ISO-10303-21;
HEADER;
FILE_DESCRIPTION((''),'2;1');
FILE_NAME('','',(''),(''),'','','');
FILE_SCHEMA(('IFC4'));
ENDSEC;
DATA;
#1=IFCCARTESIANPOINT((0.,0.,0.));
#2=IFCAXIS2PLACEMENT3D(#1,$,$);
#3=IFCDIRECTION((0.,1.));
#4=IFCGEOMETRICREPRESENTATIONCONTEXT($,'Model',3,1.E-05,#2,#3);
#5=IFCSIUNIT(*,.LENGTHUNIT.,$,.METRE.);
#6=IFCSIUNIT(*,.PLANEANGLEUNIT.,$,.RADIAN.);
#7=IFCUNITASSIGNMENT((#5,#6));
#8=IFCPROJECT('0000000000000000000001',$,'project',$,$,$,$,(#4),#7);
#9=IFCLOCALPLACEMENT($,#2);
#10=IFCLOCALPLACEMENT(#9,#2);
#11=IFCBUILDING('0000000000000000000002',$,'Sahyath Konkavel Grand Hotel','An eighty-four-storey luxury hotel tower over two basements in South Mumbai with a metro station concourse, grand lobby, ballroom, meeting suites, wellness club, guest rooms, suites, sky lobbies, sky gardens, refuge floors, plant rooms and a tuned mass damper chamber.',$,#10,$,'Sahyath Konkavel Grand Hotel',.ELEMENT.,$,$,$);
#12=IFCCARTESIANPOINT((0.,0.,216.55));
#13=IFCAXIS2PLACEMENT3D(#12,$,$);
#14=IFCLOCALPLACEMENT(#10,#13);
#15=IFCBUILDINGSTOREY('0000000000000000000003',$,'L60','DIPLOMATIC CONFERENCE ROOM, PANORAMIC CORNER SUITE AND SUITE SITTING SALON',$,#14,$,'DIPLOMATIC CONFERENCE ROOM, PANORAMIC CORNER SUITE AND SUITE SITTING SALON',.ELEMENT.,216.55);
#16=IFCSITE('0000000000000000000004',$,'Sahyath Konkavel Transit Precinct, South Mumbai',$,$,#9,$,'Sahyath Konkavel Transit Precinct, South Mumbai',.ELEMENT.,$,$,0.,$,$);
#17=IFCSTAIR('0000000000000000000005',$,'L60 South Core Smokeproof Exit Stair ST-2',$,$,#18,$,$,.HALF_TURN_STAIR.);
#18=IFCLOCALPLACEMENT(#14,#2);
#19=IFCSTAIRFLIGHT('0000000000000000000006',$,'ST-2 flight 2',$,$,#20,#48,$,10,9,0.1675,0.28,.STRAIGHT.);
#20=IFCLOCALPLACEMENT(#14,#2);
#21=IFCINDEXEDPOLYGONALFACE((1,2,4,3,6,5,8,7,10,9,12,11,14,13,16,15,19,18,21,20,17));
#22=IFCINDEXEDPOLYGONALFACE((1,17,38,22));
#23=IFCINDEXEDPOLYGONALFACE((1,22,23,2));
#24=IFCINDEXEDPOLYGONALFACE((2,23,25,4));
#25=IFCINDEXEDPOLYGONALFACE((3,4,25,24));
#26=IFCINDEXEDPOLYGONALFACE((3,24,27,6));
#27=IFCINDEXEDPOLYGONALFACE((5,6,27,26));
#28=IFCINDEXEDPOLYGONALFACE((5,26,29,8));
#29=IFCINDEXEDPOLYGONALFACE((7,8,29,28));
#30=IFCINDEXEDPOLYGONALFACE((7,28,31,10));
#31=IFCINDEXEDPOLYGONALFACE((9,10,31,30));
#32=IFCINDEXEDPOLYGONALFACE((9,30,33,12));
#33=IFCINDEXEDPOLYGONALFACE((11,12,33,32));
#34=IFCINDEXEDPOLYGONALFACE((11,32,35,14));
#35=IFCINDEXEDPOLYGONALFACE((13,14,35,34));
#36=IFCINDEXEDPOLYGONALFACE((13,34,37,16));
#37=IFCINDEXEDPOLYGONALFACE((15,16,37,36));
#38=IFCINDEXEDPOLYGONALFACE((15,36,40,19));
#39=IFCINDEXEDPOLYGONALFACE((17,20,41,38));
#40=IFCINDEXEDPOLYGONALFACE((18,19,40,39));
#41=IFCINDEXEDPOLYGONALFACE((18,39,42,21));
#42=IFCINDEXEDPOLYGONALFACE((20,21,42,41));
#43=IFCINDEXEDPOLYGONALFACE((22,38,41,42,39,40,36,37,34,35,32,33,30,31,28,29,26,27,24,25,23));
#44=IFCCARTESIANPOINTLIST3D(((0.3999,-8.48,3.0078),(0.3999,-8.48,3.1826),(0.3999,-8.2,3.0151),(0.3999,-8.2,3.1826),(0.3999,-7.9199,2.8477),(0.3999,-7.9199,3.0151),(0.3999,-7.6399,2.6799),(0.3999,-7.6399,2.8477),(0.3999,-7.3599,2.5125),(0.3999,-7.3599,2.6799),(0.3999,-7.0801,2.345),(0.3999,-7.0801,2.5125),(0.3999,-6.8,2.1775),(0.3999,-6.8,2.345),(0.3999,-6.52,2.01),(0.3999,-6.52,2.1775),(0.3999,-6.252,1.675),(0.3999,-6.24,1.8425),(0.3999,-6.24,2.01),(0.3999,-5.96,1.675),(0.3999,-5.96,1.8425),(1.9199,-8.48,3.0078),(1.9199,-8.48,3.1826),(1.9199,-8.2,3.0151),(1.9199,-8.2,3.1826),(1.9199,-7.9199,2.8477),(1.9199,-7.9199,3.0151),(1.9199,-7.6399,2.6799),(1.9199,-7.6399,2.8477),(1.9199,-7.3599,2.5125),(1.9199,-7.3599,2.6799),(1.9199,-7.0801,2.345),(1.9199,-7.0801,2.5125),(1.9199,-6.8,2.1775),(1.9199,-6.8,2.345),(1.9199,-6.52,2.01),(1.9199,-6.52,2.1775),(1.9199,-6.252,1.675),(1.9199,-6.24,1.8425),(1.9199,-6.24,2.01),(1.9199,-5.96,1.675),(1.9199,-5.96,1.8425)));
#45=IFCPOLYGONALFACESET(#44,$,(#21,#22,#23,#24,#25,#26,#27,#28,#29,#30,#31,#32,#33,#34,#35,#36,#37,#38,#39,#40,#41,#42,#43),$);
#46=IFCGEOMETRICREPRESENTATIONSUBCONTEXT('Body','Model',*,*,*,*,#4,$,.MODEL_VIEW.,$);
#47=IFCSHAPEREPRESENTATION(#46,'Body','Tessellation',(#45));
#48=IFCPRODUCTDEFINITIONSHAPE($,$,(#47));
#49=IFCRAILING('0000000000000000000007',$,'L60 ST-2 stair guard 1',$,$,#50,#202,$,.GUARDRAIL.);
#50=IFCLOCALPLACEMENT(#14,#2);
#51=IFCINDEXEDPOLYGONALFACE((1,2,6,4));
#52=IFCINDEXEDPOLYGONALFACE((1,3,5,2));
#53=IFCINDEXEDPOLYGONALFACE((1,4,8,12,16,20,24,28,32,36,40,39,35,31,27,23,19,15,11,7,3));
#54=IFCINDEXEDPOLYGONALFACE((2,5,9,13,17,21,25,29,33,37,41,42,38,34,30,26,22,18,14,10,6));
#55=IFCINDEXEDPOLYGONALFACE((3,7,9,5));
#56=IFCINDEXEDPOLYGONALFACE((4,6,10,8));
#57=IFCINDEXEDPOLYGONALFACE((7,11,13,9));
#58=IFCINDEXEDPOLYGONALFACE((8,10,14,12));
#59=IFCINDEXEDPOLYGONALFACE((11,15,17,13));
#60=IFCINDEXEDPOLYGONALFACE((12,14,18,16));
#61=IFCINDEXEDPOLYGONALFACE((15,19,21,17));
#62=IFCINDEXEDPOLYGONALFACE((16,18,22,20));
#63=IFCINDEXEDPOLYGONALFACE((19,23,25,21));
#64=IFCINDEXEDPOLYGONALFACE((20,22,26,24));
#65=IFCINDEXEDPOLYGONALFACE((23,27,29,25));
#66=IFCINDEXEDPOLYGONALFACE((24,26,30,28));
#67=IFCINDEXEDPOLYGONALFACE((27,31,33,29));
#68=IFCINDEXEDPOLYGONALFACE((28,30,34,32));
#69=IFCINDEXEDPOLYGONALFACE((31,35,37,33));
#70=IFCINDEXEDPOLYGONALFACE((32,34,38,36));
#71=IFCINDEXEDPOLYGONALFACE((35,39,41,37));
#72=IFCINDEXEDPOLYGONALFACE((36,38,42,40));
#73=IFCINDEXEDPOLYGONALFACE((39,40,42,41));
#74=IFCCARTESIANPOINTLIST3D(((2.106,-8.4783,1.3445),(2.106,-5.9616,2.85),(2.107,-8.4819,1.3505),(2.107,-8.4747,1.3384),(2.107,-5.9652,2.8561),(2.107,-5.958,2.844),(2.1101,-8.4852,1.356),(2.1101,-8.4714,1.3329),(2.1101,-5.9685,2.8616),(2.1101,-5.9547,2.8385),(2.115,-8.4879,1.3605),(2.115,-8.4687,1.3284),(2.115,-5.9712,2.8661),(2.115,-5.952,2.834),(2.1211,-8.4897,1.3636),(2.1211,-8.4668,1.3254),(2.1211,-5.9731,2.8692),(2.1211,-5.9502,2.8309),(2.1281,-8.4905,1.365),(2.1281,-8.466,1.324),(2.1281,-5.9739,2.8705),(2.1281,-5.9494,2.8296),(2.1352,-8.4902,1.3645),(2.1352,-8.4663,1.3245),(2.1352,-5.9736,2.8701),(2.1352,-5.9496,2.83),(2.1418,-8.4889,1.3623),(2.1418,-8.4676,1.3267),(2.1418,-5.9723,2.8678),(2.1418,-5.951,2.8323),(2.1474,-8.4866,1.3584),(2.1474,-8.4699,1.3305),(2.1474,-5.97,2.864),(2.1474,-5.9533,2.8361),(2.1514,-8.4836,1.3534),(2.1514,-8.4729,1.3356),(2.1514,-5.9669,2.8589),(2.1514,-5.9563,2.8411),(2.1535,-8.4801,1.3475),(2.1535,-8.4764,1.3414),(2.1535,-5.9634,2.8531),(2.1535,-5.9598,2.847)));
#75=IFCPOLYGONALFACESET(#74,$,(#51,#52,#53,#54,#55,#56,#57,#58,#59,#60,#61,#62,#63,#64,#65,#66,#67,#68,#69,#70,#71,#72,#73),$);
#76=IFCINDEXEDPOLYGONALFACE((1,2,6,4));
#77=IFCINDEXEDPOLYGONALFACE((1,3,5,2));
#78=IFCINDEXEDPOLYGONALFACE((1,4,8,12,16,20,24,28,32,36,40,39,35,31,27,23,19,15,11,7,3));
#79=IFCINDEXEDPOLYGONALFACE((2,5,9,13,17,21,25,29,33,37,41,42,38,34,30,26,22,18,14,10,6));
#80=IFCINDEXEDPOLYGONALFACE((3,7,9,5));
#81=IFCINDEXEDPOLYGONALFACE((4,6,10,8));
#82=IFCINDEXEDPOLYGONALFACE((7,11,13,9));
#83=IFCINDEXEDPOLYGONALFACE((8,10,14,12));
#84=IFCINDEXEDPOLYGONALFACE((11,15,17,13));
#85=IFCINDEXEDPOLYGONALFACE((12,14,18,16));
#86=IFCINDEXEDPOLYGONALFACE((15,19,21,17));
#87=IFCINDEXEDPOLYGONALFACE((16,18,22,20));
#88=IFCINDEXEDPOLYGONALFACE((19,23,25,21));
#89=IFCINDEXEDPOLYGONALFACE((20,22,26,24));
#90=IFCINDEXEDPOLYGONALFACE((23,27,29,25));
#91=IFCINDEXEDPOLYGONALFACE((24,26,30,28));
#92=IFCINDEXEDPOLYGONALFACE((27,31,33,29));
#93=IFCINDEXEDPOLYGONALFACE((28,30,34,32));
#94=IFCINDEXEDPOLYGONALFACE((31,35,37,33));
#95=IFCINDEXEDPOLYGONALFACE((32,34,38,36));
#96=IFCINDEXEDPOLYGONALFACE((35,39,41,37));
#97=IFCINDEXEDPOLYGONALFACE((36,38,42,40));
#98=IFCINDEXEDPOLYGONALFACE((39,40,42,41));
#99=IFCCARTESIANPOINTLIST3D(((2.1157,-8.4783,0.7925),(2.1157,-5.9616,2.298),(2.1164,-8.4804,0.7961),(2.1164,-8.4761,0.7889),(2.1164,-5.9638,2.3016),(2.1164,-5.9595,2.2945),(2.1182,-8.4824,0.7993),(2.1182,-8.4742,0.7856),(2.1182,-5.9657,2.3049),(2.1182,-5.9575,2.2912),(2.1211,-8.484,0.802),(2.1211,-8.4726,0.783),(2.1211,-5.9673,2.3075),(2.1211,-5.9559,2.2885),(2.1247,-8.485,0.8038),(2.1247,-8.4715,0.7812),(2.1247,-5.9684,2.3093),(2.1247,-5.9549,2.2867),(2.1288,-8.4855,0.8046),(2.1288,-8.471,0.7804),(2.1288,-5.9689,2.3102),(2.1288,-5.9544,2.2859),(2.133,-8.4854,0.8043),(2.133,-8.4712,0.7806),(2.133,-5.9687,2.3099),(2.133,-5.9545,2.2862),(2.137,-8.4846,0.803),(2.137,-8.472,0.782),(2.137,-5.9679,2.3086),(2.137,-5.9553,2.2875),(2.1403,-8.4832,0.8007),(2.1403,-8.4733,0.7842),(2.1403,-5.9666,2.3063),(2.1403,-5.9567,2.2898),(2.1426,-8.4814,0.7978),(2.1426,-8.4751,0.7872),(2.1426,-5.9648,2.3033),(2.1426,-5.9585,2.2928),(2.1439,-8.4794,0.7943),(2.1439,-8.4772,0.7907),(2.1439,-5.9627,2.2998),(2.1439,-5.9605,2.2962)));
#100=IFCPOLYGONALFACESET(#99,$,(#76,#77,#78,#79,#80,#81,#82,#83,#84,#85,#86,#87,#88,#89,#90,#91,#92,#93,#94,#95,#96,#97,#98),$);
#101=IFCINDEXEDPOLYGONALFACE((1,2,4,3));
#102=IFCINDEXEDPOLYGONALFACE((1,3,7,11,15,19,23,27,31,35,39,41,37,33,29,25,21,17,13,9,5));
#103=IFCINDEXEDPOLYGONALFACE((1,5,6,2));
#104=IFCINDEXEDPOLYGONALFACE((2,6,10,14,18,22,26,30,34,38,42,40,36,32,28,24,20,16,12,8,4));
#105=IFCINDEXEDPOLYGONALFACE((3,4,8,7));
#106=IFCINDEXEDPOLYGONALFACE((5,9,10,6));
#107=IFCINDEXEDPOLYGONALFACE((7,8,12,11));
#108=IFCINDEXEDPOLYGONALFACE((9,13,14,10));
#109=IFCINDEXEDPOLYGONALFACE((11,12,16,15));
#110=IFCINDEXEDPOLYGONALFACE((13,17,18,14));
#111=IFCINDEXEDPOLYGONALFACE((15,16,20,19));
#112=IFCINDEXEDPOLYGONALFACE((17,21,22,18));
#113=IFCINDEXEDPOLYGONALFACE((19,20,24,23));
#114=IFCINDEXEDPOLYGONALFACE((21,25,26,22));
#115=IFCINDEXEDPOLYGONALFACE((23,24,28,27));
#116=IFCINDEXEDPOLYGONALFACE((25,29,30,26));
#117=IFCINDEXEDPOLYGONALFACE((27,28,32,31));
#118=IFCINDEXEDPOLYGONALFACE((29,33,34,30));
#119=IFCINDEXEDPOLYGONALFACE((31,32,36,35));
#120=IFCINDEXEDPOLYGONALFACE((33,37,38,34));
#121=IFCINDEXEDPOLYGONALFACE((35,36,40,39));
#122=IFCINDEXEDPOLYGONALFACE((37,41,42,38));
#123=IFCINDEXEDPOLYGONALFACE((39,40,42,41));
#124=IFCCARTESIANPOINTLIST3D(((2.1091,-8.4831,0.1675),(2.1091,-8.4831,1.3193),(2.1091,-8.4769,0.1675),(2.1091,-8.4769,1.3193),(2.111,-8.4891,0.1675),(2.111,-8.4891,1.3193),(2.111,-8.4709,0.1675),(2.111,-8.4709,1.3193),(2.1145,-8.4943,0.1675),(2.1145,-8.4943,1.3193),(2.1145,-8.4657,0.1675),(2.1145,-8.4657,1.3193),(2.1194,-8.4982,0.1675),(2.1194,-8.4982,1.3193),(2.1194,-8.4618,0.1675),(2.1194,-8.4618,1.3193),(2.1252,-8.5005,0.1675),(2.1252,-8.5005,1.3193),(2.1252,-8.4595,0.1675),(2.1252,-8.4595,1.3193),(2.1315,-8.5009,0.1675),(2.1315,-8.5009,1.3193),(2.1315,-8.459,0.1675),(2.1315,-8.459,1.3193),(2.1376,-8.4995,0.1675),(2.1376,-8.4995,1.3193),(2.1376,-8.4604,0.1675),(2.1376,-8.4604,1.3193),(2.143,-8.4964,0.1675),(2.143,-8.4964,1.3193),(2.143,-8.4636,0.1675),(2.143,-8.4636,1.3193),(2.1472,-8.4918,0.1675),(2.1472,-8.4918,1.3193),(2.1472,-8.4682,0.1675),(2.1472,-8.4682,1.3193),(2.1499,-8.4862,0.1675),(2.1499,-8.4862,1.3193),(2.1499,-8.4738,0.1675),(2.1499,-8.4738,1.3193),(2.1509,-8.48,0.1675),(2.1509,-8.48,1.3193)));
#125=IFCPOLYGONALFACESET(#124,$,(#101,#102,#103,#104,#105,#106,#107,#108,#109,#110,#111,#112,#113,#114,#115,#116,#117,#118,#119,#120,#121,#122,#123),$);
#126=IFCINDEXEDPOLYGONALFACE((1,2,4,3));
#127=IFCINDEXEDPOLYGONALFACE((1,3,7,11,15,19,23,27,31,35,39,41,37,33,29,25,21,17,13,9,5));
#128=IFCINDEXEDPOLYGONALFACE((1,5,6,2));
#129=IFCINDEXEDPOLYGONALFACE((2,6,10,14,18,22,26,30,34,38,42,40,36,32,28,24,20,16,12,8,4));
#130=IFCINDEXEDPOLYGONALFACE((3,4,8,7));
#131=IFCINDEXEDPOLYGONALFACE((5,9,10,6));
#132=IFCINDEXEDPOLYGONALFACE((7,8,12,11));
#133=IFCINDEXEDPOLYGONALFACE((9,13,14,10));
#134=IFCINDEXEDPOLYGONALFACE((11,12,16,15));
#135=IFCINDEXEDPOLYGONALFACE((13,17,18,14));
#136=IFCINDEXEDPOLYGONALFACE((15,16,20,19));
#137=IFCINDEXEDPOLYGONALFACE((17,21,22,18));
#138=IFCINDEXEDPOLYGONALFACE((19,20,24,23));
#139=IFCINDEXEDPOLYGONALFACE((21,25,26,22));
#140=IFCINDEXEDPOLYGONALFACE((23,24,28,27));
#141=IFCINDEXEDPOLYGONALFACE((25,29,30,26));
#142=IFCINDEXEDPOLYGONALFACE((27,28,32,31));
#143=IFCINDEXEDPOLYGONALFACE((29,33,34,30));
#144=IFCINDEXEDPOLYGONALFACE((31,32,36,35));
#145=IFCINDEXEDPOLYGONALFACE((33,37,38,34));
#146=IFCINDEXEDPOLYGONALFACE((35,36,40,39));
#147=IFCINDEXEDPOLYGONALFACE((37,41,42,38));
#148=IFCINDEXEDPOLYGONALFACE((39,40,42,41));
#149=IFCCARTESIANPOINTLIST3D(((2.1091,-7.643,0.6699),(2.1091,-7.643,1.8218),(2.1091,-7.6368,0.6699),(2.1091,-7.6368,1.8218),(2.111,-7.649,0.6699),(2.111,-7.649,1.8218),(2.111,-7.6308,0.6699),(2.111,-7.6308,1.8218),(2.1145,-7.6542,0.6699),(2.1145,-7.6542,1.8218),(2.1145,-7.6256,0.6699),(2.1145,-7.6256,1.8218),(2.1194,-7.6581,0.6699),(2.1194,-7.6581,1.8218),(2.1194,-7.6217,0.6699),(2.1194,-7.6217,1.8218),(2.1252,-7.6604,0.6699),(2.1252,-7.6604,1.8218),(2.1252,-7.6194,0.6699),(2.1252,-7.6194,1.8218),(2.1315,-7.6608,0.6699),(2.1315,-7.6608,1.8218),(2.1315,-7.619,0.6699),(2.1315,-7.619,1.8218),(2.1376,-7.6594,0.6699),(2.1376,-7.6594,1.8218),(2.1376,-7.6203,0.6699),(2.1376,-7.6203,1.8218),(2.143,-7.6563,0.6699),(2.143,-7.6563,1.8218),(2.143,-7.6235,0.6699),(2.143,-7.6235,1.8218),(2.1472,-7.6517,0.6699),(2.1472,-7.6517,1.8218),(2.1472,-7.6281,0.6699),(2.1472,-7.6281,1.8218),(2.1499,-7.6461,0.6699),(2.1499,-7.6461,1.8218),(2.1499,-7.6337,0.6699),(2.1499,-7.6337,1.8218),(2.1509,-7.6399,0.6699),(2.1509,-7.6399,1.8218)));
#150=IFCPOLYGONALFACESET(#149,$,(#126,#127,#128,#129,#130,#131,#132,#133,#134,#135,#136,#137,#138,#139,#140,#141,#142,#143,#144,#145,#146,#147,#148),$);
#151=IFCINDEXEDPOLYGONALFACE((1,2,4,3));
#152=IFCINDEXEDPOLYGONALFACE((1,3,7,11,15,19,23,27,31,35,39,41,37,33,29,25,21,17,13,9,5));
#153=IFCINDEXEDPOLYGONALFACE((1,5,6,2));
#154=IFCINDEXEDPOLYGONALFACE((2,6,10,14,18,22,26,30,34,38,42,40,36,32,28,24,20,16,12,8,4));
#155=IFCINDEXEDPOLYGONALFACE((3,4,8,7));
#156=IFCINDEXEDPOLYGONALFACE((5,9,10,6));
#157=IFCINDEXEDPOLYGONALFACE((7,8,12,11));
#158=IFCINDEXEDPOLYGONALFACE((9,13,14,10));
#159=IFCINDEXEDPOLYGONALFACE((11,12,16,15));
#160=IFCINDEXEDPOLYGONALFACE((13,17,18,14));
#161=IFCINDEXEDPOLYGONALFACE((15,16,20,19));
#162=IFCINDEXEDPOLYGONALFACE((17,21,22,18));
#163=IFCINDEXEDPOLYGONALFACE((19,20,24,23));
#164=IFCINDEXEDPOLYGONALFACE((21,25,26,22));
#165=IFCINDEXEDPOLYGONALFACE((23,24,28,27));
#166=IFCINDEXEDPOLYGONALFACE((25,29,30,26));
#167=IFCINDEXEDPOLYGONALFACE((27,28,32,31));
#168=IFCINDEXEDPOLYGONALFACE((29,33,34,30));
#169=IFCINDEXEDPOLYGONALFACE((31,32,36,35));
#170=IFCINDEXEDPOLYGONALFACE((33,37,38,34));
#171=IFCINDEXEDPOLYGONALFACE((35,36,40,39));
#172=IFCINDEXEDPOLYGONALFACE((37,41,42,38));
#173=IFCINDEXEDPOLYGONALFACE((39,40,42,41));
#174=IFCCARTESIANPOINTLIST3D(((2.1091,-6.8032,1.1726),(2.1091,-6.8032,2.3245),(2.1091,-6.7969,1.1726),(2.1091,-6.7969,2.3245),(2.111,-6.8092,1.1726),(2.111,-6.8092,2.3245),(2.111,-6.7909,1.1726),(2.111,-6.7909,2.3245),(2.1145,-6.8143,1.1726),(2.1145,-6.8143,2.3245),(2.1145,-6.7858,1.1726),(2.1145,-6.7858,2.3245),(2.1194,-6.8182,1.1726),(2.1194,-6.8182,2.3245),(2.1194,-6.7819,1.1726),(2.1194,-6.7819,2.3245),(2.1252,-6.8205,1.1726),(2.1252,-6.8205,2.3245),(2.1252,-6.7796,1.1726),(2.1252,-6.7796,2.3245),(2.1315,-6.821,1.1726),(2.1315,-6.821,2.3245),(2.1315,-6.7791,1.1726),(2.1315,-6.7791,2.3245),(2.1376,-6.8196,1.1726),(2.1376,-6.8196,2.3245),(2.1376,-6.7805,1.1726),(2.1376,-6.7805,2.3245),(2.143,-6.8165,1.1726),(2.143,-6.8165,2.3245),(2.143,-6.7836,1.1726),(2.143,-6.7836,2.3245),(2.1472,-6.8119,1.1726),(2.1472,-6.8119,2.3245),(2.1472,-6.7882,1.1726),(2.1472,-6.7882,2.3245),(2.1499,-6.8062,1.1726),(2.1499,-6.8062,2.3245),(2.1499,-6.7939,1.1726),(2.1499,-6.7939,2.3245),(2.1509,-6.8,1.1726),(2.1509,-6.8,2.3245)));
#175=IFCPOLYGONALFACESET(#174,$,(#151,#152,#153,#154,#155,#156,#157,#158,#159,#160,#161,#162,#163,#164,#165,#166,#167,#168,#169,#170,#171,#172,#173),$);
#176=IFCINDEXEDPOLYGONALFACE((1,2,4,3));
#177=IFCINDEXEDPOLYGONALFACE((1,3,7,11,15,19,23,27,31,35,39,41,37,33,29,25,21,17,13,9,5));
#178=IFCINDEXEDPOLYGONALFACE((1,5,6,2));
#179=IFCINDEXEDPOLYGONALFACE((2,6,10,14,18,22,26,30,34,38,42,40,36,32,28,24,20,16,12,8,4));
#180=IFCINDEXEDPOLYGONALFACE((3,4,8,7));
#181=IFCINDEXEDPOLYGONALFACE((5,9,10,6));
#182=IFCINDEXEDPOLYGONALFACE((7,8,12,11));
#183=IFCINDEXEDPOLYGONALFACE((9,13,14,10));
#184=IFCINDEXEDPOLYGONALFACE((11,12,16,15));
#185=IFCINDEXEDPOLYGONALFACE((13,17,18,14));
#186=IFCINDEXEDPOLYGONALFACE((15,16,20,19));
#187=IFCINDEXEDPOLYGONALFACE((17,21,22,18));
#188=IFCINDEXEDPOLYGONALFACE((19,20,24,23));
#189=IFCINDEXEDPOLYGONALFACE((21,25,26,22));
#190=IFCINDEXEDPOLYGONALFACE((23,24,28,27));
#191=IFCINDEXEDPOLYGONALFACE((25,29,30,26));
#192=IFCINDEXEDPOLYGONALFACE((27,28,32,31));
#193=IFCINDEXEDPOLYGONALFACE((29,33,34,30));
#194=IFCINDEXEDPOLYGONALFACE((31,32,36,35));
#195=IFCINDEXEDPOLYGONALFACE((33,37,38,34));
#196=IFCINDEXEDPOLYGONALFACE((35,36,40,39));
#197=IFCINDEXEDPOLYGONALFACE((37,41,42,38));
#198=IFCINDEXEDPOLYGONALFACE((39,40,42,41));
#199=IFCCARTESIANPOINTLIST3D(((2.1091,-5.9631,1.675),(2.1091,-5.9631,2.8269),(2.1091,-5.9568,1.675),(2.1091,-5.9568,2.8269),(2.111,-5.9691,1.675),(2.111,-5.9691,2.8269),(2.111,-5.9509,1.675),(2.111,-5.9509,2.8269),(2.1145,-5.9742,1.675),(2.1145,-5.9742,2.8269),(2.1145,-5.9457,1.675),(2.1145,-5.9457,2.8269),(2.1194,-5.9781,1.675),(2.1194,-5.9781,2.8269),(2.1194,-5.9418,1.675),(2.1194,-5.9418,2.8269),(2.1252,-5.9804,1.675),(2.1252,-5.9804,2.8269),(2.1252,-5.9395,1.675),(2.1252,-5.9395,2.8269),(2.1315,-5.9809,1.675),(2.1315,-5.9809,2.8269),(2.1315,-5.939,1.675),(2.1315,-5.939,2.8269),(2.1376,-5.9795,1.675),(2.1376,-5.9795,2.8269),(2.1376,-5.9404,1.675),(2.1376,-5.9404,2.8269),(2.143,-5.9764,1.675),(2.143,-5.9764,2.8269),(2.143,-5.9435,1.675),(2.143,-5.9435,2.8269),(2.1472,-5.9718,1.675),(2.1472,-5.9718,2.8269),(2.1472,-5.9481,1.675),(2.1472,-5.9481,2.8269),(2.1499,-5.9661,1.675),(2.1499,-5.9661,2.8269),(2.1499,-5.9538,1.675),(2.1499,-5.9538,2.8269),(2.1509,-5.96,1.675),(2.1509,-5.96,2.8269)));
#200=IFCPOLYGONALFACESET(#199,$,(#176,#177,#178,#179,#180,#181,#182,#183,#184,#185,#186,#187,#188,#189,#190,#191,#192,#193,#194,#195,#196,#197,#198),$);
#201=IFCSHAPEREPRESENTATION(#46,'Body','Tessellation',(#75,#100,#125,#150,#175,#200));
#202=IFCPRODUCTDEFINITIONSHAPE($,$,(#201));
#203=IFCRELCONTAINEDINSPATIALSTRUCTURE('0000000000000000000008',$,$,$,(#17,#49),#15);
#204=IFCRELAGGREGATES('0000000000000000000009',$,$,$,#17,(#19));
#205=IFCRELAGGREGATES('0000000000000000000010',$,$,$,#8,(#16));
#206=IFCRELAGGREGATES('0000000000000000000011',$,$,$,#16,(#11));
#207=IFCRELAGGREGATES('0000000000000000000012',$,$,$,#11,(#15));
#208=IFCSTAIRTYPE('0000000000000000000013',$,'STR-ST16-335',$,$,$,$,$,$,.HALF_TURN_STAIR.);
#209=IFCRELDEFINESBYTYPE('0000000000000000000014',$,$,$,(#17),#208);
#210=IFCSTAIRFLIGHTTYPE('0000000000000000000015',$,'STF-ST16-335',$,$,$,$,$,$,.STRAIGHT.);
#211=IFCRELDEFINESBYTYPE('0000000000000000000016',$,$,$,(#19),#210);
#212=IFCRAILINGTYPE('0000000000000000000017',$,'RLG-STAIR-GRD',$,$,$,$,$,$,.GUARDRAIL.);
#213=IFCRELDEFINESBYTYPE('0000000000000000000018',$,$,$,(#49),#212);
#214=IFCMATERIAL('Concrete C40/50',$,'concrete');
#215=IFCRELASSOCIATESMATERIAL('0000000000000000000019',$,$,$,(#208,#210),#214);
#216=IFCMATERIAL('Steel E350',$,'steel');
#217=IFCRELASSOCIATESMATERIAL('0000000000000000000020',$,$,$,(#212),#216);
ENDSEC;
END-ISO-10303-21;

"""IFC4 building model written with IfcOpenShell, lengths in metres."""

from ifc_helpers import new_model, si_unit, direction, frame, origin, origin_2d, place, context, subcontext, project, spatial, polyline, circle, outline, extrude, material, type_object, element, aggregate, save


model = new_model("IFC4")

# Units and contexts
model_context = context("Model", 3, precision=1e-05, world=origin(), true_north=direction((0.0, 1.0)))
body_context = subcontext(model_context, "Body", "Model", "MODEL_VIEW")
ifc_project = project(units=[si_unit("LENGTHUNIT", "METRE"), si_unit("PLANEANGLEUNIT", "RADIAN")], contexts=[model_context])

# Site, building, storey
site_placement = place(None, origin())
site = spatial("IfcSite", under=ifc_project, at=site_placement, Name="Sahyath Konkavel Transit Precinct, South Mumbai", LongName="Sahyath Konkavel Transit Precinct, South Mumbai", CompositionType="ELEMENT", RefElevation=0.0)
building_placement = place(site_placement, origin())
building = spatial("IfcBuilding", under=site, at=building_placement, Name="Sahyath Konkavel Grand Hotel", Description="An eighty-four-storey luxury hotel tower over two basements in South Mumbai with a metro station concourse, grand lobby, ballroom, meeting suites, wellness club, guest rooms, suites, sky lobbies, sky gardens, refuge floors, plant rooms and a tuned mass damper chamber.", LongName="Sahyath Konkavel Grand Hotel", CompositionType="ELEMENT")
storey_placement = place(building_placement, frame((0.0, 0.0, 216.55)))
storey = spatial("IfcBuildingStorey", under=building, at=storey_placement, Name="L60", Description="DIPLOMATIC CONFERENCE ROOM, PANORAMIC CORNER SUITE AND SUITE SITTING SALON", LongName="DIPLOMATIC CONFERENCE ROOM, PANORAMIC CORNER SUITE AND SUITE SITTING SALON", CompositionType="ELEMENT", Elevation=216.55)

# Shared definitions
ifc_material_1 = material(Name="Concrete C40/50", Category="concrete")

# Shared definitions
ifc_material_2 = material(Name="Steel E350", Category="steel")

# Stair, stair flight
stair_type = type_object("IfcStairType", Name="STR-ST16-335", PredefinedType="HALF_TURN_STAIR", material=ifc_material_1)
stair_placement = place(storey_placement, origin())
stair = element("IfcStair", 1, at=stair_placement, inside=storey, type_object=stair_type, Name="L60 South Core Smokeproof Exit Stair ST-2", PredefinedType="HALF_TURN_STAIR")
stair_flight_type = type_object("IfcStairFlightType", Name="STF-ST16-335", PredefinedType="STRAIGHT", material=ifc_material_1)
stair_flight_1_placement = place(storey_placement, frame((1.1599, -5.96, 1.675), z_axis=(0.0, 0.0, 1.0), x_axis=(0.0, -1.0, 0.0)))
stair_flight_1 = element("IfcStairFlight", 2, at=stair_flight_1_placement, type_object=stair_flight_type, Name="ST-2 flight 2", NumberOfRisers=10, NumberOfTreads=9, PredefinedType="STRAIGHT", RiserHeight=0.1675, TreadLength=0.28, context=body_context, shape_type="SweptSolid", body=[
    extrude(outline(polyline([(0.0, 0.0), (0.0, 0.1675), (0.28, 0.1675), (0.28, 0.335), (0.5601, 0.335), (0.5601, 0.5024), (0.8401, 0.5024), (0.8401, 0.6699), (1.1201, 0.6699), (1.1201, 0.8374), (1.3999, 0.8374), (1.3999, 1.0049), (1.6799, 1.0049), (1.6799, 1.1726), (1.96, 1.1726), (1.96, 1.3401), (2.24, 1.3401), (2.24, 1.5076), (2.52, 1.5076), (2.52, 1.675), (2.52, 1.3328), (0.292, 0.0), (0.0, 0.0)])), frame((0.0, 0.76, 0.0), z_axis=(0.0, -1.0, 0.0), x_axis=(1.0, 0.0, 0.0)), (0.0, 0.0, 1.0), 1.52),
])
aggregate(stair, [stair_flight_1])

# Railing
railing_type_1 = type_object("IfcRailingType", Name="RLG-STAIR-GRD", PredefinedType="GUARDRAIL", material=ifc_material_2)
railing_1_placement = place(storey_placement, frame((2.1299, -8.48, 0.1675)))
element("IfcRailing", 3, at=railing_1_placement, inside=storey, type_object=railing_type_1, Name="L60 ST-2 stair guard 1", PredefinedType="GUARDRAIL", context=body_context, shape_type="SweptSolid", body=[
    extrude(circle(Radius=0.0239, at=origin_2d()), frame((0.0, 0.0017, 1.177), z_axis=(0.0, 0.85816, 0.513383), x_axis=(-1.0, 0.0, 0.0)), (0.0, 0.0, 1.0), 2.9326),
    extrude(circle(Radius=0.0142, at=origin_2d()), frame((0.0, 0.0017, 0.625), z_axis=(0.0, 0.85816, 0.513383), x_axis=(-1.0, 0.0, 0.0)), (0.0, 0.0, 1.0), 2.9326),
    extrude(circle(Radius=0.021, at=origin_2d()), origin(), (0.0, 0.0, 1.0), 1.1519),
    extrude(circle(Radius=0.021, at=origin_2d()), frame((0.0, 0.8401, 0.5024)), (0.0, 0.0, 1.0), 1.1519),
    extrude(circle(Radius=0.021, at=origin_2d()), frame((0.0, 1.6799, 1.0051)), (0.0, 0.0, 1.0), 1.1519),
    extrude(circle(Radius=0.021, at=origin_2d()), frame((0.0, 2.52, 1.5076)), (0.0, 0.0, 1.0), 1.1519),
])

save(model, "model.ifc")
